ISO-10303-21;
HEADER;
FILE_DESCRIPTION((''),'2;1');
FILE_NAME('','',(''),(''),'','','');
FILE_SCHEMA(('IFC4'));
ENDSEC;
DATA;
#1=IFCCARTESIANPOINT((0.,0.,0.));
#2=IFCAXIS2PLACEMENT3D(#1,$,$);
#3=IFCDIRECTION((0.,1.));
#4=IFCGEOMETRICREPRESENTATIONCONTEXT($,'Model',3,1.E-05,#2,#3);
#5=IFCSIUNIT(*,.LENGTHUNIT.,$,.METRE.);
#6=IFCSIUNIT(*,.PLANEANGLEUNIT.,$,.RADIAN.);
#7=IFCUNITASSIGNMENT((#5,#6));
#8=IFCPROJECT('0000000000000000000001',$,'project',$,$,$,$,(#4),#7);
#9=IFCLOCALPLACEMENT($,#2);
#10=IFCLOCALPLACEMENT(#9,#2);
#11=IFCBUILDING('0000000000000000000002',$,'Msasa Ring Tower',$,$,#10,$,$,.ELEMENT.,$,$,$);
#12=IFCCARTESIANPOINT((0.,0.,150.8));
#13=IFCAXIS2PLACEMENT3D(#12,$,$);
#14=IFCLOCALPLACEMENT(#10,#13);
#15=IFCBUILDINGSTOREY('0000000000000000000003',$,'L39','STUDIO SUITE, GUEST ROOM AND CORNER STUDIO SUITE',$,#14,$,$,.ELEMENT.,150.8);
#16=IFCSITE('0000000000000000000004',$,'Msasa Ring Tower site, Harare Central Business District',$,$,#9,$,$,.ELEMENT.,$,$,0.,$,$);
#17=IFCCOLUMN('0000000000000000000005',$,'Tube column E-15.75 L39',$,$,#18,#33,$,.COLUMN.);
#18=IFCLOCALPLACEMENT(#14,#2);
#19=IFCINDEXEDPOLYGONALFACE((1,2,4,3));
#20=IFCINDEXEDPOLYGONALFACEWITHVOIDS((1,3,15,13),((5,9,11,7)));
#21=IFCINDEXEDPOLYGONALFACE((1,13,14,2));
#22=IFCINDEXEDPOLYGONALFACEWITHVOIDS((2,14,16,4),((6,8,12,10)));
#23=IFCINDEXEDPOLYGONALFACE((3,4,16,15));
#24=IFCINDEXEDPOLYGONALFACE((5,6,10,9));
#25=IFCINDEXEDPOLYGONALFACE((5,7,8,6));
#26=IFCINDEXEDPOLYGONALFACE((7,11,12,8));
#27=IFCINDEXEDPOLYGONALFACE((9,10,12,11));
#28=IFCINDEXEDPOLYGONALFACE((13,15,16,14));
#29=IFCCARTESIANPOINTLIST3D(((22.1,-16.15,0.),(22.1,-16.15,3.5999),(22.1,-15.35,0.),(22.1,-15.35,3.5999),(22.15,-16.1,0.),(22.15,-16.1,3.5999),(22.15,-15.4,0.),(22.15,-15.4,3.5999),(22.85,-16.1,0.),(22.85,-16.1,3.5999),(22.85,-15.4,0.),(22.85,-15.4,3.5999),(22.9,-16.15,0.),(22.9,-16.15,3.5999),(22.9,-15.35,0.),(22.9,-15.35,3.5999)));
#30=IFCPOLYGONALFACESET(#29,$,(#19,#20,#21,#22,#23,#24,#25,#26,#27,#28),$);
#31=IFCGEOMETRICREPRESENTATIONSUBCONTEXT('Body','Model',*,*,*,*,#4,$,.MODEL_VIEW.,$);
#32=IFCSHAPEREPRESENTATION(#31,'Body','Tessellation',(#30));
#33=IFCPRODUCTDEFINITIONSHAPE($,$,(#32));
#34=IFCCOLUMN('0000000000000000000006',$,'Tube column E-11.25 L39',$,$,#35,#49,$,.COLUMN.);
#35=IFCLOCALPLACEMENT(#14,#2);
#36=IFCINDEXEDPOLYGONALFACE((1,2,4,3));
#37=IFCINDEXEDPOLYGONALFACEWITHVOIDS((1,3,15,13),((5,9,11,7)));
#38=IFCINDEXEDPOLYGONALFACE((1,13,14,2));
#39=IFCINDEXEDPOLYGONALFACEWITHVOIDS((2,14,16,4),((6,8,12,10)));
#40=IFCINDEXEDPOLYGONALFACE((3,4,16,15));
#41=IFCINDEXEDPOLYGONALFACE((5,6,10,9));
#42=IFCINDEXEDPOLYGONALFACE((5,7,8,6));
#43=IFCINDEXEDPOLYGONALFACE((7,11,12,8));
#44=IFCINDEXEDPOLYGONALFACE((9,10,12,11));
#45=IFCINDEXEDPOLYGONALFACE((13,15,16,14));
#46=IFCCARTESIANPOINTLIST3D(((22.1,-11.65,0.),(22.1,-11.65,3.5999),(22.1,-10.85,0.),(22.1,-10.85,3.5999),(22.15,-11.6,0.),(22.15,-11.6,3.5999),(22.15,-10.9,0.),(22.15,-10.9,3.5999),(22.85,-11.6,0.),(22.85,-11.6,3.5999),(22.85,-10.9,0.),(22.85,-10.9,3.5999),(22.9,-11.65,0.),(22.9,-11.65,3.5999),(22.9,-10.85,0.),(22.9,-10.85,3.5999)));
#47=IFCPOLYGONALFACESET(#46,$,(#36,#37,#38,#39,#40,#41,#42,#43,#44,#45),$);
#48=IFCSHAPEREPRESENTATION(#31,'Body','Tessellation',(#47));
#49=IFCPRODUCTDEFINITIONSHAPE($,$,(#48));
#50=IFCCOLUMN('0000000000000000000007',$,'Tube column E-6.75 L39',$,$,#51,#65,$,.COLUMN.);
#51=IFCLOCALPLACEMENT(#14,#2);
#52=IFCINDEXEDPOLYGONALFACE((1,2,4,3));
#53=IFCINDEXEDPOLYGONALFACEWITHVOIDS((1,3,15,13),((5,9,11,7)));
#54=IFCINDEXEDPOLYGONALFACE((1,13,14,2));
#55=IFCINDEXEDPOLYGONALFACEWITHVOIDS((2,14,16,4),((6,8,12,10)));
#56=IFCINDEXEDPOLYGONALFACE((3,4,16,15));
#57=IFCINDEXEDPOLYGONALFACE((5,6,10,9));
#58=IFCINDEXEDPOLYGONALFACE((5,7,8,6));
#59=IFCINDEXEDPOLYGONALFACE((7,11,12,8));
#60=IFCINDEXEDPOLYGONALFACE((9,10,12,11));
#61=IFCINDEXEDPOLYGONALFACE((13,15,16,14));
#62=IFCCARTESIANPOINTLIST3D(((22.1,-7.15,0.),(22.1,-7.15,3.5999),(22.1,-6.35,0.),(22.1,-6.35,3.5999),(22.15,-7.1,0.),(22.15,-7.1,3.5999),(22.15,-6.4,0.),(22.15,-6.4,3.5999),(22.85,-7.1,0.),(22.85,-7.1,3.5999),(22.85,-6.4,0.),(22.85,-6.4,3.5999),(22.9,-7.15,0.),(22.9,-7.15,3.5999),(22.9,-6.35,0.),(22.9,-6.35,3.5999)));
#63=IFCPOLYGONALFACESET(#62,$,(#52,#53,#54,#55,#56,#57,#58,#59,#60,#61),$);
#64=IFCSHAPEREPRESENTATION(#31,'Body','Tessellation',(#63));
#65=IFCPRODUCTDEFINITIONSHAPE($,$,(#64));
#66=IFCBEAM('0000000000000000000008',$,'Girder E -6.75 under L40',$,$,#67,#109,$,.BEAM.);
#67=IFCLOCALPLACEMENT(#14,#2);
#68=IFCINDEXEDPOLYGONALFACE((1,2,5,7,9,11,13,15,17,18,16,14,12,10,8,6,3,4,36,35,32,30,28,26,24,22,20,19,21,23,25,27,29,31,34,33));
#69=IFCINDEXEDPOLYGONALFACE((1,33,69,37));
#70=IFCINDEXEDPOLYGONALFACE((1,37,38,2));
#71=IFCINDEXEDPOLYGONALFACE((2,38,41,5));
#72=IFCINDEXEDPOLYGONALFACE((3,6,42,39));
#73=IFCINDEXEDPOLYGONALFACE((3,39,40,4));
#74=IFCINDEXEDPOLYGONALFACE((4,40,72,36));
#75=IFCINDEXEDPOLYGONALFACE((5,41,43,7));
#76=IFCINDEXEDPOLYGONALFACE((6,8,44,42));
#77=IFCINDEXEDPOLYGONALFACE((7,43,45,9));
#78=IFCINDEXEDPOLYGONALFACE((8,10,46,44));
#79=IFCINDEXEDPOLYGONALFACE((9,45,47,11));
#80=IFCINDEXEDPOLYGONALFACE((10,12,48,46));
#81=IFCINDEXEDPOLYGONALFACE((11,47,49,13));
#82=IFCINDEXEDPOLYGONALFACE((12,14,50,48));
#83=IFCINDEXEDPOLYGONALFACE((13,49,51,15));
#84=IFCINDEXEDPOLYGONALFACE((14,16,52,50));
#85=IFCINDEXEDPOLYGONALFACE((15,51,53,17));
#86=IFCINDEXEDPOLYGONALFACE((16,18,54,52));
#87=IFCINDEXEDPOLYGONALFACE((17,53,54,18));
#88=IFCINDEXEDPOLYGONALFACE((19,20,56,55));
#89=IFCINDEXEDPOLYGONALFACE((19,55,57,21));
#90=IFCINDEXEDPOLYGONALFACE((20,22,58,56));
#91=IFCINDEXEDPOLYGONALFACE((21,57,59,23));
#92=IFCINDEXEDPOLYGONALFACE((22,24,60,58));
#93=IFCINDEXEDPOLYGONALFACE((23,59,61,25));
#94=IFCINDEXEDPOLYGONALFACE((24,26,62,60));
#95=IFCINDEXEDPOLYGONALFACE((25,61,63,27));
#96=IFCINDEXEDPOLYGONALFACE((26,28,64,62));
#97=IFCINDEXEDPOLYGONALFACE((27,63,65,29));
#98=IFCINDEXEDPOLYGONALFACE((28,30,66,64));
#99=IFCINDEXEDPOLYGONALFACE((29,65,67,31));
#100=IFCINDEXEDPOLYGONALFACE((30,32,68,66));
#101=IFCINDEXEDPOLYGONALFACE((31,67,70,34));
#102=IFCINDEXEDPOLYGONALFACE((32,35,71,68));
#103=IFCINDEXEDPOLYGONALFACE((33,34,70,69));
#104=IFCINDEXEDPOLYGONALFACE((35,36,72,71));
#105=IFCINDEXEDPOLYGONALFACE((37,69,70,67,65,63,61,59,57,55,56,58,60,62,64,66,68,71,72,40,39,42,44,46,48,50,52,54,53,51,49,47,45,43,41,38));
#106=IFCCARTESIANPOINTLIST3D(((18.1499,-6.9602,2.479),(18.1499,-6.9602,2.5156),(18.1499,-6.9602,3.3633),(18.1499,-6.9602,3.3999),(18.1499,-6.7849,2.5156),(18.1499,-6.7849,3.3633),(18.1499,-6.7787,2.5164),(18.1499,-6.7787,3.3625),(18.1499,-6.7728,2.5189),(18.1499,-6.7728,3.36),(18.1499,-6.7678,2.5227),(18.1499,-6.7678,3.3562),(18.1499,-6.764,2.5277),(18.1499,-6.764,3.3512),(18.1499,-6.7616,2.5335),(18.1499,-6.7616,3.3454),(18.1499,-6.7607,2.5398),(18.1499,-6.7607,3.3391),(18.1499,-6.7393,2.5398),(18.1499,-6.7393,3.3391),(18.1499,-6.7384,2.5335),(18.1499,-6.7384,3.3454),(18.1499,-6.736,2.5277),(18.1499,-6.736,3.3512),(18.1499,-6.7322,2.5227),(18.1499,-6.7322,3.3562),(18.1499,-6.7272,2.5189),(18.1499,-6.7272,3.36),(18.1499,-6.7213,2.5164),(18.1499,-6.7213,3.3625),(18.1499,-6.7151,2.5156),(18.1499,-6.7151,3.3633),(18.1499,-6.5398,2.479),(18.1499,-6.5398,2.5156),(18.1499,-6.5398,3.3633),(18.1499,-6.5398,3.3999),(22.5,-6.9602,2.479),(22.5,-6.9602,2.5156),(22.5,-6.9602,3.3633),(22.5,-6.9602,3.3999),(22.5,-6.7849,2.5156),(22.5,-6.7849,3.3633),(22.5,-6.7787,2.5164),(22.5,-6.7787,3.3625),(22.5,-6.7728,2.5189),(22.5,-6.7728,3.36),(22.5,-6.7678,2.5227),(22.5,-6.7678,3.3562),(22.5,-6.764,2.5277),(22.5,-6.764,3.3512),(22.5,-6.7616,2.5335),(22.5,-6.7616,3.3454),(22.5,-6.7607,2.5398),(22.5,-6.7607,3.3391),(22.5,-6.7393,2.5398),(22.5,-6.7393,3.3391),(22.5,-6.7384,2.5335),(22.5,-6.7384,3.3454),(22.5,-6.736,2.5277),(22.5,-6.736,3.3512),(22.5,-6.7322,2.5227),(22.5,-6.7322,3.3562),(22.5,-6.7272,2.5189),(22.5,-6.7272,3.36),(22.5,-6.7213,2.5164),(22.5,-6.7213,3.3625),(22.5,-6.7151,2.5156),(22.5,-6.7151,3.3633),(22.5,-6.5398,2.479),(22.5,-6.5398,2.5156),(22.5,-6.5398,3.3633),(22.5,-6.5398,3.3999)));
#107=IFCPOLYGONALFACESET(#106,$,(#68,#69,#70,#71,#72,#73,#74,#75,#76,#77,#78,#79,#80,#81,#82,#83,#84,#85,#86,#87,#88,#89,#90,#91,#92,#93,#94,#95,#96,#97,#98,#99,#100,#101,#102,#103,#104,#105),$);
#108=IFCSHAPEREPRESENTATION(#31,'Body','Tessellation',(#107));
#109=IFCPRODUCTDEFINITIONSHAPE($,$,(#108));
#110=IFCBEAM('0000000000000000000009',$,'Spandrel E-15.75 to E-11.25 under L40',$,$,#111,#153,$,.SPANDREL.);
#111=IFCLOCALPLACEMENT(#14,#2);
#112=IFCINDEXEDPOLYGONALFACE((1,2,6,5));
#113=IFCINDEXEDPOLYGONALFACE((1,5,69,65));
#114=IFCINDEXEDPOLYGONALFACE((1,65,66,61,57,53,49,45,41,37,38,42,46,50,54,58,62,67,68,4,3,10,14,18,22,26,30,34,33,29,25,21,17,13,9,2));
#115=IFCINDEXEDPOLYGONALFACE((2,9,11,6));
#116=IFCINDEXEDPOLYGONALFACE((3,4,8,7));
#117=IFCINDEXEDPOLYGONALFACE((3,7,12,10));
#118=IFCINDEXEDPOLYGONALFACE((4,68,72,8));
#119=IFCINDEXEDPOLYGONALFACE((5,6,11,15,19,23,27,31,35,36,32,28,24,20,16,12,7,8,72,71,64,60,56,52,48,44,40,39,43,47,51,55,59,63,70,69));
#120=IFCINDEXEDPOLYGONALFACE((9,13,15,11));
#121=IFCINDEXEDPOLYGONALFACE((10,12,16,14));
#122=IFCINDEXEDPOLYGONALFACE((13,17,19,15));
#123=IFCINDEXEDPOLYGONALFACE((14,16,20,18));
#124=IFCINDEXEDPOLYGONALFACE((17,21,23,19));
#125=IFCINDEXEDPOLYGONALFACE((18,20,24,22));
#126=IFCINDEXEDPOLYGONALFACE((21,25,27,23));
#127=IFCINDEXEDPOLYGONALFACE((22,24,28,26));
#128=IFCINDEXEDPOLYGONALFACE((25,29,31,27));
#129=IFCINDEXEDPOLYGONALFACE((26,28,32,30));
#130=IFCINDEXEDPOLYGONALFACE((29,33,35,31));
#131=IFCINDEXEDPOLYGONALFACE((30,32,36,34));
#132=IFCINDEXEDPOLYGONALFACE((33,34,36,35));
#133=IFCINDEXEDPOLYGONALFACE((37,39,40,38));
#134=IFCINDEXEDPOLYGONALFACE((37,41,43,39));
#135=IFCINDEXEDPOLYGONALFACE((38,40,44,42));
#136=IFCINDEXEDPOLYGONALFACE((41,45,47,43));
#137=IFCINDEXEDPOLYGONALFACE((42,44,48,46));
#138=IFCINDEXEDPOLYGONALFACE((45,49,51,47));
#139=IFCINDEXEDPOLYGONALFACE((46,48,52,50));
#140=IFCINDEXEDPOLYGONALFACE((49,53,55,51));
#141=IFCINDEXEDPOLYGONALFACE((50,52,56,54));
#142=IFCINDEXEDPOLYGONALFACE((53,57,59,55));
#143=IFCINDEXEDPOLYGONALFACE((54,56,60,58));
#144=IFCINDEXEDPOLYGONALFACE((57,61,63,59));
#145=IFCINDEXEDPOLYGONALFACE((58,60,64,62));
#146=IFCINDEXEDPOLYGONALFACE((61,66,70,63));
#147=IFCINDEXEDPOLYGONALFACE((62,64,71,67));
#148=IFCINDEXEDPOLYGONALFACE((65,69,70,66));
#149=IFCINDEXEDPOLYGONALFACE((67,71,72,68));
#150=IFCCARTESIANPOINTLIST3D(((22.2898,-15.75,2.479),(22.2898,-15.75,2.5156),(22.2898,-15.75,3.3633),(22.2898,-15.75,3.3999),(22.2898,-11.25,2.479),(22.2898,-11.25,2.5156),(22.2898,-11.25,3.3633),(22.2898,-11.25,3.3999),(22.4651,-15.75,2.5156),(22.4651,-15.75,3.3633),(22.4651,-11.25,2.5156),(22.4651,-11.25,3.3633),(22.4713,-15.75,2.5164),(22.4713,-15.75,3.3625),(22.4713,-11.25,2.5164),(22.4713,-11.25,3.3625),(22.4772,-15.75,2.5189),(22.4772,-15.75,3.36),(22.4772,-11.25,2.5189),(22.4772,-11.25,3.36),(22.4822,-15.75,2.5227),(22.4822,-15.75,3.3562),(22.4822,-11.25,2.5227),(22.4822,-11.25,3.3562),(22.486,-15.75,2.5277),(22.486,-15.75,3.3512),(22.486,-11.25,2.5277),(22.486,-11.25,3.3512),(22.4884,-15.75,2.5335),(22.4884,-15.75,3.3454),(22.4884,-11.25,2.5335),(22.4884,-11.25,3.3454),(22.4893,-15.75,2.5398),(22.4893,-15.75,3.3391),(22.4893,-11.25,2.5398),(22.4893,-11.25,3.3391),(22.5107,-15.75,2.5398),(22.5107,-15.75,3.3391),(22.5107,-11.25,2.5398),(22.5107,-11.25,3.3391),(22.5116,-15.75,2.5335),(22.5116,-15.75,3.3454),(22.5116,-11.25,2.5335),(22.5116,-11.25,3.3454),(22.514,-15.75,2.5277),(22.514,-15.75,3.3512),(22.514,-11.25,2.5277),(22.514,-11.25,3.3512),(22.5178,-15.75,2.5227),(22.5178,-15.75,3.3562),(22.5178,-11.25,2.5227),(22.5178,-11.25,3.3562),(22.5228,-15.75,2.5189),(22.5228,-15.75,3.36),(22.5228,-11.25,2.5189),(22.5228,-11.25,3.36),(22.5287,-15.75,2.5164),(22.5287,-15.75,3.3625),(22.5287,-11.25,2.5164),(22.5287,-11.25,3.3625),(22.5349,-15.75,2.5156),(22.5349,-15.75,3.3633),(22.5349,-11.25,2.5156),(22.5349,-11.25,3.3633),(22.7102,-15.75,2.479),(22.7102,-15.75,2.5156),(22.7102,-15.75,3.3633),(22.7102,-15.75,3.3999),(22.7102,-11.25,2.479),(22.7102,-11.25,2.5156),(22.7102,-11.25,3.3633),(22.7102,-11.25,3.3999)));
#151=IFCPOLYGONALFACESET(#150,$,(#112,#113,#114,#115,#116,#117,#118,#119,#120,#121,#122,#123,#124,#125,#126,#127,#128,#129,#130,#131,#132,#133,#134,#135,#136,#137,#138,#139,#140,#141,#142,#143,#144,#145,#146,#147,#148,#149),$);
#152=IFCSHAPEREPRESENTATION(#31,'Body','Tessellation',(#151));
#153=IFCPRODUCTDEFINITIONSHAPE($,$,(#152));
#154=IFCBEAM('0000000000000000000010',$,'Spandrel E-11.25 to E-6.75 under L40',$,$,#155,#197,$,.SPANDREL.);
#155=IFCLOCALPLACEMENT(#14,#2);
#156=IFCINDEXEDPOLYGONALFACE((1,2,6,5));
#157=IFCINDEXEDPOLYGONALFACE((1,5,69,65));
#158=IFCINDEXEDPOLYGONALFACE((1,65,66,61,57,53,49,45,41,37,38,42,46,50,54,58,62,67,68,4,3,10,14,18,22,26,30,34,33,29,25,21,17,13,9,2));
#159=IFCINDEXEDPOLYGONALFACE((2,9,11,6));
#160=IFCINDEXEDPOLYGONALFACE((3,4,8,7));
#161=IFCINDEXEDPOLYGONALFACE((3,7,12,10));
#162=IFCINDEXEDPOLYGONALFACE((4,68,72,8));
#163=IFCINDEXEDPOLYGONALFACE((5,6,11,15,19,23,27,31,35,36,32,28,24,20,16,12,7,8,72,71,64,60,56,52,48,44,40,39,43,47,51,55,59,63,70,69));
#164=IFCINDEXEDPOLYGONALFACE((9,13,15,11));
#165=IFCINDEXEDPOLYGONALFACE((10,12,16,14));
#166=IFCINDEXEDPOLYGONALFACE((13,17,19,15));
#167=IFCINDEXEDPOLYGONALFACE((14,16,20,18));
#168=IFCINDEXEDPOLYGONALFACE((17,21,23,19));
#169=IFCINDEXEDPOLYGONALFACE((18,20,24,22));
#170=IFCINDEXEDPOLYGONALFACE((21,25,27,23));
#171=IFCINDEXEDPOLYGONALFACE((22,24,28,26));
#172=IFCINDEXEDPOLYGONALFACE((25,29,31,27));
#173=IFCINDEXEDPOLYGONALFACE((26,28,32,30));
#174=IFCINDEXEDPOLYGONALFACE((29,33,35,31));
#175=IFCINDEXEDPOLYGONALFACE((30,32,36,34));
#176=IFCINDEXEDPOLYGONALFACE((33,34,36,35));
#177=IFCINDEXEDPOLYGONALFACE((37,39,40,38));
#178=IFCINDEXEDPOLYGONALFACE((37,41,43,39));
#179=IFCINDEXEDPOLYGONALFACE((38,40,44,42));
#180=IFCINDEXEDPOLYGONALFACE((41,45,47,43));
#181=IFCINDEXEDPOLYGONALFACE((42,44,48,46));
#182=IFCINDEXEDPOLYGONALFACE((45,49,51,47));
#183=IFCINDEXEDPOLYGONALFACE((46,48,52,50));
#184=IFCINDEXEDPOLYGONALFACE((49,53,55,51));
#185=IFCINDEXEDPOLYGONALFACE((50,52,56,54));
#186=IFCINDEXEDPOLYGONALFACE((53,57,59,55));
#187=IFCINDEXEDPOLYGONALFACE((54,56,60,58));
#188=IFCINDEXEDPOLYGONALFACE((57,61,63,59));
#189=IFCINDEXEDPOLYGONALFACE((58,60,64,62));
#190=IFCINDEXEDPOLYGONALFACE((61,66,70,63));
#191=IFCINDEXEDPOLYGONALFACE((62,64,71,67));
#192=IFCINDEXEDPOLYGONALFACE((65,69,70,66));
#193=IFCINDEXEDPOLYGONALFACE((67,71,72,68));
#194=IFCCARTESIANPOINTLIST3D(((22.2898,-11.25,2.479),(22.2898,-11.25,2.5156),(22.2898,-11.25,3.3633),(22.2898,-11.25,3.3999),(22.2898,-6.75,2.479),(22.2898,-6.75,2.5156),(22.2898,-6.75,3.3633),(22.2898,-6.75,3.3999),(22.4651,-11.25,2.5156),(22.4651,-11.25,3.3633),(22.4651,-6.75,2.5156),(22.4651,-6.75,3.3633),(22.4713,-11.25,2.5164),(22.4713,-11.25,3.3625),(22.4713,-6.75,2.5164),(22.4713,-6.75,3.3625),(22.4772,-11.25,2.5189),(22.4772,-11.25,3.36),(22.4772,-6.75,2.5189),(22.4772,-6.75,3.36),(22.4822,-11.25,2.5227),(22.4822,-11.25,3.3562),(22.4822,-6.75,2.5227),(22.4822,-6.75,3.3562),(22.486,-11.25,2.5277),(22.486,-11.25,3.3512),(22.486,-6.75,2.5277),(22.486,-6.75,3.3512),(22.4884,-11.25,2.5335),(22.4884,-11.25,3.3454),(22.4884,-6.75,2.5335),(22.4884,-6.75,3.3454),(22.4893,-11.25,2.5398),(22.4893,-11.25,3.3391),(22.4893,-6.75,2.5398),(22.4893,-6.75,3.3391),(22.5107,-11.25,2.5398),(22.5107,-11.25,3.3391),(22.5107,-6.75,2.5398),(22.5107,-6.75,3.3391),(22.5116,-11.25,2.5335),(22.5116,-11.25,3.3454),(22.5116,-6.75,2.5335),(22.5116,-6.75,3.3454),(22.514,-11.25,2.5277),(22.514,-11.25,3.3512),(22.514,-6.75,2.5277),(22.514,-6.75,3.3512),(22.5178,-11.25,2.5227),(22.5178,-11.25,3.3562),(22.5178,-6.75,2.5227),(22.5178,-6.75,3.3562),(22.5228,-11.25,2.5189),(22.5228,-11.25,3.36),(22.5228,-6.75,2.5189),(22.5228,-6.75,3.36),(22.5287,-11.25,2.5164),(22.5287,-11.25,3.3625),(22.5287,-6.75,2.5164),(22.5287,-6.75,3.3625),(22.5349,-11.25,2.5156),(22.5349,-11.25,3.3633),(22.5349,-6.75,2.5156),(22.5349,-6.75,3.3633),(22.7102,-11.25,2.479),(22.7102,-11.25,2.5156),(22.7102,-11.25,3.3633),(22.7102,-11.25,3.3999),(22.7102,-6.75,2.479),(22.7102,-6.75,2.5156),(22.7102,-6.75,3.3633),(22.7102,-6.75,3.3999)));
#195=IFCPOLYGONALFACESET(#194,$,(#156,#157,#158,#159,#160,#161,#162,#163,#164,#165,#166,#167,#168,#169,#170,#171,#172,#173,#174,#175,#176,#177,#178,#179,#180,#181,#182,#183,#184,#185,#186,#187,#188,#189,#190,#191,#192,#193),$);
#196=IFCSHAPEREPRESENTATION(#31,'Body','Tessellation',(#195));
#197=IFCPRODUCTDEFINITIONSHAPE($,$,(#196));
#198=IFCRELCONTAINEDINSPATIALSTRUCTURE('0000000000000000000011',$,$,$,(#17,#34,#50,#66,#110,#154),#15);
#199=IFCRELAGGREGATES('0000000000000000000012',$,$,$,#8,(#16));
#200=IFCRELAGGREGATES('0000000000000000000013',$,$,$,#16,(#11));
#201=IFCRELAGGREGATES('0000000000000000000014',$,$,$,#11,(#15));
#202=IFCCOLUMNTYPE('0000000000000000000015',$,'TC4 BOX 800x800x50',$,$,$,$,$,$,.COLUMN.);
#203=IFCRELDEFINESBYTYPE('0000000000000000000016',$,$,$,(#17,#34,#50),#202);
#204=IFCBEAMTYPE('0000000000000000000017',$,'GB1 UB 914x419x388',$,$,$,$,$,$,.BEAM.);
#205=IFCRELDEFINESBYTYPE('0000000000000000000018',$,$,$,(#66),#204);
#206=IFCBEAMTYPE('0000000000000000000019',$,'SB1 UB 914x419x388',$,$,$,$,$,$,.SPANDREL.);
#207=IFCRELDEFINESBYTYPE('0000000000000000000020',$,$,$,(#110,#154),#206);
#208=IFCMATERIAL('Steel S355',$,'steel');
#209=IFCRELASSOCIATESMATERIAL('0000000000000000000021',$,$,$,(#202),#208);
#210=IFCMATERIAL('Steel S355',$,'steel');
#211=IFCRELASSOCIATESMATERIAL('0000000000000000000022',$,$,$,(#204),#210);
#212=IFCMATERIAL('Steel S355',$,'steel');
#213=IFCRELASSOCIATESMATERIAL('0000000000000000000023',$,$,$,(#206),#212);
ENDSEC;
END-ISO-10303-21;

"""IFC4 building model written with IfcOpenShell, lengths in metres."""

from ifc_helpers import new_model, si_unit, direction, frame, origin, origin_2d, place, context, subcontext, project, spatial, hollow_rectangle, i_section, extrude, material, material_profile, profile_set, type_object, element, save


model = new_model("IFC4")

# Units and contexts
model_context = context("Model", 3, precision=1e-05, world=origin(), true_north=direction((0.0, 1.0)))
body_context = subcontext(model_context, "Body", "Model", "MODEL_VIEW")
ifc_project = project(units=[si_unit("LENGTHUNIT", "METRE"), si_unit("PLANEANGLEUNIT", "RADIAN")], contexts=[model_context])

# Site, building, storey
site_placement = place(None, origin())
site = spatial("IfcSite", under=ifc_project, at=site_placement, Name="Msasa Ring Tower site, Harare Central Business District", CompositionType="ELEMENT", RefElevation=0.0)
building_placement = place(site_placement, origin())
building = spatial("IfcBuilding", under=site, at=building_placement, Name="Msasa Ring Tower", CompositionType="ELEMENT")
storey_placement = place(building_placement, frame((0.0, 0.0, 150.8)))
storey = spatial("IfcBuildingStorey", under=building, at=storey_placement, Name="L39", Description="STUDIO SUITE, GUEST ROOM AND CORNER STUDIO SUITE", CompositionType="ELEMENT", Elevation=150.8)

# Columns
ifc_material_1 = material(Name="Steel S355", Category="steel")
ifc_material_profile_1 = material_profile(ifc_material_1, hollow_rectangle(XDim=0.8, YDim=0.8, WallThickness=0.05, at=origin_2d()), Name="BOX 800x800x50")
ifc_profile_set_1 = profile_set([ifc_material_profile_1], Name="Steel S355")
column_type = type_object("IfcColumnType", Name="TC4 BOX 800x800x50", PredefinedType="COLUMN", material=ifc_profile_set_1)
for number, where, z_axis, x_axis, name in (
    (1, (22.5, -15.75, 0.0), (0.0, 0.0, 1.0), (1.0, 0.0, 0.0), "Tube column E-15.75 L39"),
    (2, (22.5, -11.25, 0.0), (0.0, 0.0, 1.0), (1.0, 0.0, 0.0), "Tube column E-11.25 L39"),
    (3, (22.5, -6.75, 0.0), (0.0, 0.0, 1.0), (1.0, 0.0, 0.0), "Tube column E-6.75 L39"),
):
    element("IfcColumn", number, at=place(storey_placement, frame(where, z_axis=z_axis, x_axis=x_axis)), inside=storey, type_object=column_type, Name=name, PredefinedType="COLUMN", context=body_context, shape_type="SweptSolid", body=[
        extrude(hollow_rectangle(XDim=0.8, YDim=0.8, WallThickness=0.05, at=origin_2d()), origin(), (0.0, 0.0, 1.0), 3.5999),
    ])

# Beams
ifc_material_2 = material(Name="Steel S355", Category="steel")
ifc_material_profile_2 = material_profile(ifc_material_2, i_section(OverallWidth=0.4204, OverallDepth=0.9209, WebThickness=0.0215, FlangeThickness=0.0366, FilletRadius=0.0242, at=origin_2d()), Name="UB 914x419x388")
ifc_profile_set_2 = profile_set([ifc_material_profile_2], Name="Steel S355")
beam_type_1 = type_object("IfcBeamType", Name="GB1 UB 914x419x388", PredefinedType="BEAM", material=ifc_profile_set_2)
beam_placement = place(storey_placement, frame((18.1499, -6.75, 2.9395), z_axis=(1.0, 0.0, 0.0), x_axis=(0.0, 1.0, 0.0)))
element("IfcBeam", 4, at=beam_placement, inside=storey, type_object=beam_type_1, Name="Girder E -6.75 under L40", PredefinedType="BEAM", context=body_context, shape_type="SweptSolid", body=[
    extrude(i_section(OverallWidth=0.4204, OverallDepth=0.9209, WebThickness=0.0215, FlangeThickness=0.0366, FilletRadius=0.0242, at=origin_2d()), origin(), (0.0, 0.0, 1.0), 4.3501),
])
ifc_material_3 = material(Name="Steel S355", Category="steel")
ifc_material_profile_3 = material_profile(ifc_material_3, i_section(OverallWidth=0.4204, OverallDepth=0.9209, WebThickness=0.0215, FlangeThickness=0.0366, FilletRadius=0.0242, at=origin_2d()), Name="UB 914x419x388")
ifc_profile_set_3 = profile_set([ifc_material_profile_3], Name="Steel S355")
beam_type_2 = type_object("IfcBeamType", Name="SB1 UB 914x419x388", PredefinedType="SPANDREL", material=ifc_profile_set_3)
for number, where, z_axis, x_axis, name in (
    (5, (22.5, -15.75, 2.9395), (0.0, 1.0, 0.0), (-1.0, 0.0, 0.0), "Spandrel E-15.75 to E-11.25 under L40"),
    (6, (22.5, -11.25, 2.9395), (0.0, 1.0, 0.0), (-1.0, 0.0, 0.0), "Spandrel E-11.25 to E-6.75 under L40"),
):
    element("IfcBeam", number, at=place(storey_placement, frame(where, z_axis=z_axis, x_axis=x_axis)), inside=storey, type_object=beam_type_2, Name=name, PredefinedType="SPANDREL", context=body_context, shape_type="SweptSolid", body=[
        extrude(i_section(OverallWidth=0.4204, OverallDepth=0.9209, WebThickness=0.0215, FlangeThickness=0.0366, FilletRadius=0.0242, at=origin_2d()), origin(), (0.0, 0.0, 1.0), 4.5),
    ])

save(model, "model.ifc")
